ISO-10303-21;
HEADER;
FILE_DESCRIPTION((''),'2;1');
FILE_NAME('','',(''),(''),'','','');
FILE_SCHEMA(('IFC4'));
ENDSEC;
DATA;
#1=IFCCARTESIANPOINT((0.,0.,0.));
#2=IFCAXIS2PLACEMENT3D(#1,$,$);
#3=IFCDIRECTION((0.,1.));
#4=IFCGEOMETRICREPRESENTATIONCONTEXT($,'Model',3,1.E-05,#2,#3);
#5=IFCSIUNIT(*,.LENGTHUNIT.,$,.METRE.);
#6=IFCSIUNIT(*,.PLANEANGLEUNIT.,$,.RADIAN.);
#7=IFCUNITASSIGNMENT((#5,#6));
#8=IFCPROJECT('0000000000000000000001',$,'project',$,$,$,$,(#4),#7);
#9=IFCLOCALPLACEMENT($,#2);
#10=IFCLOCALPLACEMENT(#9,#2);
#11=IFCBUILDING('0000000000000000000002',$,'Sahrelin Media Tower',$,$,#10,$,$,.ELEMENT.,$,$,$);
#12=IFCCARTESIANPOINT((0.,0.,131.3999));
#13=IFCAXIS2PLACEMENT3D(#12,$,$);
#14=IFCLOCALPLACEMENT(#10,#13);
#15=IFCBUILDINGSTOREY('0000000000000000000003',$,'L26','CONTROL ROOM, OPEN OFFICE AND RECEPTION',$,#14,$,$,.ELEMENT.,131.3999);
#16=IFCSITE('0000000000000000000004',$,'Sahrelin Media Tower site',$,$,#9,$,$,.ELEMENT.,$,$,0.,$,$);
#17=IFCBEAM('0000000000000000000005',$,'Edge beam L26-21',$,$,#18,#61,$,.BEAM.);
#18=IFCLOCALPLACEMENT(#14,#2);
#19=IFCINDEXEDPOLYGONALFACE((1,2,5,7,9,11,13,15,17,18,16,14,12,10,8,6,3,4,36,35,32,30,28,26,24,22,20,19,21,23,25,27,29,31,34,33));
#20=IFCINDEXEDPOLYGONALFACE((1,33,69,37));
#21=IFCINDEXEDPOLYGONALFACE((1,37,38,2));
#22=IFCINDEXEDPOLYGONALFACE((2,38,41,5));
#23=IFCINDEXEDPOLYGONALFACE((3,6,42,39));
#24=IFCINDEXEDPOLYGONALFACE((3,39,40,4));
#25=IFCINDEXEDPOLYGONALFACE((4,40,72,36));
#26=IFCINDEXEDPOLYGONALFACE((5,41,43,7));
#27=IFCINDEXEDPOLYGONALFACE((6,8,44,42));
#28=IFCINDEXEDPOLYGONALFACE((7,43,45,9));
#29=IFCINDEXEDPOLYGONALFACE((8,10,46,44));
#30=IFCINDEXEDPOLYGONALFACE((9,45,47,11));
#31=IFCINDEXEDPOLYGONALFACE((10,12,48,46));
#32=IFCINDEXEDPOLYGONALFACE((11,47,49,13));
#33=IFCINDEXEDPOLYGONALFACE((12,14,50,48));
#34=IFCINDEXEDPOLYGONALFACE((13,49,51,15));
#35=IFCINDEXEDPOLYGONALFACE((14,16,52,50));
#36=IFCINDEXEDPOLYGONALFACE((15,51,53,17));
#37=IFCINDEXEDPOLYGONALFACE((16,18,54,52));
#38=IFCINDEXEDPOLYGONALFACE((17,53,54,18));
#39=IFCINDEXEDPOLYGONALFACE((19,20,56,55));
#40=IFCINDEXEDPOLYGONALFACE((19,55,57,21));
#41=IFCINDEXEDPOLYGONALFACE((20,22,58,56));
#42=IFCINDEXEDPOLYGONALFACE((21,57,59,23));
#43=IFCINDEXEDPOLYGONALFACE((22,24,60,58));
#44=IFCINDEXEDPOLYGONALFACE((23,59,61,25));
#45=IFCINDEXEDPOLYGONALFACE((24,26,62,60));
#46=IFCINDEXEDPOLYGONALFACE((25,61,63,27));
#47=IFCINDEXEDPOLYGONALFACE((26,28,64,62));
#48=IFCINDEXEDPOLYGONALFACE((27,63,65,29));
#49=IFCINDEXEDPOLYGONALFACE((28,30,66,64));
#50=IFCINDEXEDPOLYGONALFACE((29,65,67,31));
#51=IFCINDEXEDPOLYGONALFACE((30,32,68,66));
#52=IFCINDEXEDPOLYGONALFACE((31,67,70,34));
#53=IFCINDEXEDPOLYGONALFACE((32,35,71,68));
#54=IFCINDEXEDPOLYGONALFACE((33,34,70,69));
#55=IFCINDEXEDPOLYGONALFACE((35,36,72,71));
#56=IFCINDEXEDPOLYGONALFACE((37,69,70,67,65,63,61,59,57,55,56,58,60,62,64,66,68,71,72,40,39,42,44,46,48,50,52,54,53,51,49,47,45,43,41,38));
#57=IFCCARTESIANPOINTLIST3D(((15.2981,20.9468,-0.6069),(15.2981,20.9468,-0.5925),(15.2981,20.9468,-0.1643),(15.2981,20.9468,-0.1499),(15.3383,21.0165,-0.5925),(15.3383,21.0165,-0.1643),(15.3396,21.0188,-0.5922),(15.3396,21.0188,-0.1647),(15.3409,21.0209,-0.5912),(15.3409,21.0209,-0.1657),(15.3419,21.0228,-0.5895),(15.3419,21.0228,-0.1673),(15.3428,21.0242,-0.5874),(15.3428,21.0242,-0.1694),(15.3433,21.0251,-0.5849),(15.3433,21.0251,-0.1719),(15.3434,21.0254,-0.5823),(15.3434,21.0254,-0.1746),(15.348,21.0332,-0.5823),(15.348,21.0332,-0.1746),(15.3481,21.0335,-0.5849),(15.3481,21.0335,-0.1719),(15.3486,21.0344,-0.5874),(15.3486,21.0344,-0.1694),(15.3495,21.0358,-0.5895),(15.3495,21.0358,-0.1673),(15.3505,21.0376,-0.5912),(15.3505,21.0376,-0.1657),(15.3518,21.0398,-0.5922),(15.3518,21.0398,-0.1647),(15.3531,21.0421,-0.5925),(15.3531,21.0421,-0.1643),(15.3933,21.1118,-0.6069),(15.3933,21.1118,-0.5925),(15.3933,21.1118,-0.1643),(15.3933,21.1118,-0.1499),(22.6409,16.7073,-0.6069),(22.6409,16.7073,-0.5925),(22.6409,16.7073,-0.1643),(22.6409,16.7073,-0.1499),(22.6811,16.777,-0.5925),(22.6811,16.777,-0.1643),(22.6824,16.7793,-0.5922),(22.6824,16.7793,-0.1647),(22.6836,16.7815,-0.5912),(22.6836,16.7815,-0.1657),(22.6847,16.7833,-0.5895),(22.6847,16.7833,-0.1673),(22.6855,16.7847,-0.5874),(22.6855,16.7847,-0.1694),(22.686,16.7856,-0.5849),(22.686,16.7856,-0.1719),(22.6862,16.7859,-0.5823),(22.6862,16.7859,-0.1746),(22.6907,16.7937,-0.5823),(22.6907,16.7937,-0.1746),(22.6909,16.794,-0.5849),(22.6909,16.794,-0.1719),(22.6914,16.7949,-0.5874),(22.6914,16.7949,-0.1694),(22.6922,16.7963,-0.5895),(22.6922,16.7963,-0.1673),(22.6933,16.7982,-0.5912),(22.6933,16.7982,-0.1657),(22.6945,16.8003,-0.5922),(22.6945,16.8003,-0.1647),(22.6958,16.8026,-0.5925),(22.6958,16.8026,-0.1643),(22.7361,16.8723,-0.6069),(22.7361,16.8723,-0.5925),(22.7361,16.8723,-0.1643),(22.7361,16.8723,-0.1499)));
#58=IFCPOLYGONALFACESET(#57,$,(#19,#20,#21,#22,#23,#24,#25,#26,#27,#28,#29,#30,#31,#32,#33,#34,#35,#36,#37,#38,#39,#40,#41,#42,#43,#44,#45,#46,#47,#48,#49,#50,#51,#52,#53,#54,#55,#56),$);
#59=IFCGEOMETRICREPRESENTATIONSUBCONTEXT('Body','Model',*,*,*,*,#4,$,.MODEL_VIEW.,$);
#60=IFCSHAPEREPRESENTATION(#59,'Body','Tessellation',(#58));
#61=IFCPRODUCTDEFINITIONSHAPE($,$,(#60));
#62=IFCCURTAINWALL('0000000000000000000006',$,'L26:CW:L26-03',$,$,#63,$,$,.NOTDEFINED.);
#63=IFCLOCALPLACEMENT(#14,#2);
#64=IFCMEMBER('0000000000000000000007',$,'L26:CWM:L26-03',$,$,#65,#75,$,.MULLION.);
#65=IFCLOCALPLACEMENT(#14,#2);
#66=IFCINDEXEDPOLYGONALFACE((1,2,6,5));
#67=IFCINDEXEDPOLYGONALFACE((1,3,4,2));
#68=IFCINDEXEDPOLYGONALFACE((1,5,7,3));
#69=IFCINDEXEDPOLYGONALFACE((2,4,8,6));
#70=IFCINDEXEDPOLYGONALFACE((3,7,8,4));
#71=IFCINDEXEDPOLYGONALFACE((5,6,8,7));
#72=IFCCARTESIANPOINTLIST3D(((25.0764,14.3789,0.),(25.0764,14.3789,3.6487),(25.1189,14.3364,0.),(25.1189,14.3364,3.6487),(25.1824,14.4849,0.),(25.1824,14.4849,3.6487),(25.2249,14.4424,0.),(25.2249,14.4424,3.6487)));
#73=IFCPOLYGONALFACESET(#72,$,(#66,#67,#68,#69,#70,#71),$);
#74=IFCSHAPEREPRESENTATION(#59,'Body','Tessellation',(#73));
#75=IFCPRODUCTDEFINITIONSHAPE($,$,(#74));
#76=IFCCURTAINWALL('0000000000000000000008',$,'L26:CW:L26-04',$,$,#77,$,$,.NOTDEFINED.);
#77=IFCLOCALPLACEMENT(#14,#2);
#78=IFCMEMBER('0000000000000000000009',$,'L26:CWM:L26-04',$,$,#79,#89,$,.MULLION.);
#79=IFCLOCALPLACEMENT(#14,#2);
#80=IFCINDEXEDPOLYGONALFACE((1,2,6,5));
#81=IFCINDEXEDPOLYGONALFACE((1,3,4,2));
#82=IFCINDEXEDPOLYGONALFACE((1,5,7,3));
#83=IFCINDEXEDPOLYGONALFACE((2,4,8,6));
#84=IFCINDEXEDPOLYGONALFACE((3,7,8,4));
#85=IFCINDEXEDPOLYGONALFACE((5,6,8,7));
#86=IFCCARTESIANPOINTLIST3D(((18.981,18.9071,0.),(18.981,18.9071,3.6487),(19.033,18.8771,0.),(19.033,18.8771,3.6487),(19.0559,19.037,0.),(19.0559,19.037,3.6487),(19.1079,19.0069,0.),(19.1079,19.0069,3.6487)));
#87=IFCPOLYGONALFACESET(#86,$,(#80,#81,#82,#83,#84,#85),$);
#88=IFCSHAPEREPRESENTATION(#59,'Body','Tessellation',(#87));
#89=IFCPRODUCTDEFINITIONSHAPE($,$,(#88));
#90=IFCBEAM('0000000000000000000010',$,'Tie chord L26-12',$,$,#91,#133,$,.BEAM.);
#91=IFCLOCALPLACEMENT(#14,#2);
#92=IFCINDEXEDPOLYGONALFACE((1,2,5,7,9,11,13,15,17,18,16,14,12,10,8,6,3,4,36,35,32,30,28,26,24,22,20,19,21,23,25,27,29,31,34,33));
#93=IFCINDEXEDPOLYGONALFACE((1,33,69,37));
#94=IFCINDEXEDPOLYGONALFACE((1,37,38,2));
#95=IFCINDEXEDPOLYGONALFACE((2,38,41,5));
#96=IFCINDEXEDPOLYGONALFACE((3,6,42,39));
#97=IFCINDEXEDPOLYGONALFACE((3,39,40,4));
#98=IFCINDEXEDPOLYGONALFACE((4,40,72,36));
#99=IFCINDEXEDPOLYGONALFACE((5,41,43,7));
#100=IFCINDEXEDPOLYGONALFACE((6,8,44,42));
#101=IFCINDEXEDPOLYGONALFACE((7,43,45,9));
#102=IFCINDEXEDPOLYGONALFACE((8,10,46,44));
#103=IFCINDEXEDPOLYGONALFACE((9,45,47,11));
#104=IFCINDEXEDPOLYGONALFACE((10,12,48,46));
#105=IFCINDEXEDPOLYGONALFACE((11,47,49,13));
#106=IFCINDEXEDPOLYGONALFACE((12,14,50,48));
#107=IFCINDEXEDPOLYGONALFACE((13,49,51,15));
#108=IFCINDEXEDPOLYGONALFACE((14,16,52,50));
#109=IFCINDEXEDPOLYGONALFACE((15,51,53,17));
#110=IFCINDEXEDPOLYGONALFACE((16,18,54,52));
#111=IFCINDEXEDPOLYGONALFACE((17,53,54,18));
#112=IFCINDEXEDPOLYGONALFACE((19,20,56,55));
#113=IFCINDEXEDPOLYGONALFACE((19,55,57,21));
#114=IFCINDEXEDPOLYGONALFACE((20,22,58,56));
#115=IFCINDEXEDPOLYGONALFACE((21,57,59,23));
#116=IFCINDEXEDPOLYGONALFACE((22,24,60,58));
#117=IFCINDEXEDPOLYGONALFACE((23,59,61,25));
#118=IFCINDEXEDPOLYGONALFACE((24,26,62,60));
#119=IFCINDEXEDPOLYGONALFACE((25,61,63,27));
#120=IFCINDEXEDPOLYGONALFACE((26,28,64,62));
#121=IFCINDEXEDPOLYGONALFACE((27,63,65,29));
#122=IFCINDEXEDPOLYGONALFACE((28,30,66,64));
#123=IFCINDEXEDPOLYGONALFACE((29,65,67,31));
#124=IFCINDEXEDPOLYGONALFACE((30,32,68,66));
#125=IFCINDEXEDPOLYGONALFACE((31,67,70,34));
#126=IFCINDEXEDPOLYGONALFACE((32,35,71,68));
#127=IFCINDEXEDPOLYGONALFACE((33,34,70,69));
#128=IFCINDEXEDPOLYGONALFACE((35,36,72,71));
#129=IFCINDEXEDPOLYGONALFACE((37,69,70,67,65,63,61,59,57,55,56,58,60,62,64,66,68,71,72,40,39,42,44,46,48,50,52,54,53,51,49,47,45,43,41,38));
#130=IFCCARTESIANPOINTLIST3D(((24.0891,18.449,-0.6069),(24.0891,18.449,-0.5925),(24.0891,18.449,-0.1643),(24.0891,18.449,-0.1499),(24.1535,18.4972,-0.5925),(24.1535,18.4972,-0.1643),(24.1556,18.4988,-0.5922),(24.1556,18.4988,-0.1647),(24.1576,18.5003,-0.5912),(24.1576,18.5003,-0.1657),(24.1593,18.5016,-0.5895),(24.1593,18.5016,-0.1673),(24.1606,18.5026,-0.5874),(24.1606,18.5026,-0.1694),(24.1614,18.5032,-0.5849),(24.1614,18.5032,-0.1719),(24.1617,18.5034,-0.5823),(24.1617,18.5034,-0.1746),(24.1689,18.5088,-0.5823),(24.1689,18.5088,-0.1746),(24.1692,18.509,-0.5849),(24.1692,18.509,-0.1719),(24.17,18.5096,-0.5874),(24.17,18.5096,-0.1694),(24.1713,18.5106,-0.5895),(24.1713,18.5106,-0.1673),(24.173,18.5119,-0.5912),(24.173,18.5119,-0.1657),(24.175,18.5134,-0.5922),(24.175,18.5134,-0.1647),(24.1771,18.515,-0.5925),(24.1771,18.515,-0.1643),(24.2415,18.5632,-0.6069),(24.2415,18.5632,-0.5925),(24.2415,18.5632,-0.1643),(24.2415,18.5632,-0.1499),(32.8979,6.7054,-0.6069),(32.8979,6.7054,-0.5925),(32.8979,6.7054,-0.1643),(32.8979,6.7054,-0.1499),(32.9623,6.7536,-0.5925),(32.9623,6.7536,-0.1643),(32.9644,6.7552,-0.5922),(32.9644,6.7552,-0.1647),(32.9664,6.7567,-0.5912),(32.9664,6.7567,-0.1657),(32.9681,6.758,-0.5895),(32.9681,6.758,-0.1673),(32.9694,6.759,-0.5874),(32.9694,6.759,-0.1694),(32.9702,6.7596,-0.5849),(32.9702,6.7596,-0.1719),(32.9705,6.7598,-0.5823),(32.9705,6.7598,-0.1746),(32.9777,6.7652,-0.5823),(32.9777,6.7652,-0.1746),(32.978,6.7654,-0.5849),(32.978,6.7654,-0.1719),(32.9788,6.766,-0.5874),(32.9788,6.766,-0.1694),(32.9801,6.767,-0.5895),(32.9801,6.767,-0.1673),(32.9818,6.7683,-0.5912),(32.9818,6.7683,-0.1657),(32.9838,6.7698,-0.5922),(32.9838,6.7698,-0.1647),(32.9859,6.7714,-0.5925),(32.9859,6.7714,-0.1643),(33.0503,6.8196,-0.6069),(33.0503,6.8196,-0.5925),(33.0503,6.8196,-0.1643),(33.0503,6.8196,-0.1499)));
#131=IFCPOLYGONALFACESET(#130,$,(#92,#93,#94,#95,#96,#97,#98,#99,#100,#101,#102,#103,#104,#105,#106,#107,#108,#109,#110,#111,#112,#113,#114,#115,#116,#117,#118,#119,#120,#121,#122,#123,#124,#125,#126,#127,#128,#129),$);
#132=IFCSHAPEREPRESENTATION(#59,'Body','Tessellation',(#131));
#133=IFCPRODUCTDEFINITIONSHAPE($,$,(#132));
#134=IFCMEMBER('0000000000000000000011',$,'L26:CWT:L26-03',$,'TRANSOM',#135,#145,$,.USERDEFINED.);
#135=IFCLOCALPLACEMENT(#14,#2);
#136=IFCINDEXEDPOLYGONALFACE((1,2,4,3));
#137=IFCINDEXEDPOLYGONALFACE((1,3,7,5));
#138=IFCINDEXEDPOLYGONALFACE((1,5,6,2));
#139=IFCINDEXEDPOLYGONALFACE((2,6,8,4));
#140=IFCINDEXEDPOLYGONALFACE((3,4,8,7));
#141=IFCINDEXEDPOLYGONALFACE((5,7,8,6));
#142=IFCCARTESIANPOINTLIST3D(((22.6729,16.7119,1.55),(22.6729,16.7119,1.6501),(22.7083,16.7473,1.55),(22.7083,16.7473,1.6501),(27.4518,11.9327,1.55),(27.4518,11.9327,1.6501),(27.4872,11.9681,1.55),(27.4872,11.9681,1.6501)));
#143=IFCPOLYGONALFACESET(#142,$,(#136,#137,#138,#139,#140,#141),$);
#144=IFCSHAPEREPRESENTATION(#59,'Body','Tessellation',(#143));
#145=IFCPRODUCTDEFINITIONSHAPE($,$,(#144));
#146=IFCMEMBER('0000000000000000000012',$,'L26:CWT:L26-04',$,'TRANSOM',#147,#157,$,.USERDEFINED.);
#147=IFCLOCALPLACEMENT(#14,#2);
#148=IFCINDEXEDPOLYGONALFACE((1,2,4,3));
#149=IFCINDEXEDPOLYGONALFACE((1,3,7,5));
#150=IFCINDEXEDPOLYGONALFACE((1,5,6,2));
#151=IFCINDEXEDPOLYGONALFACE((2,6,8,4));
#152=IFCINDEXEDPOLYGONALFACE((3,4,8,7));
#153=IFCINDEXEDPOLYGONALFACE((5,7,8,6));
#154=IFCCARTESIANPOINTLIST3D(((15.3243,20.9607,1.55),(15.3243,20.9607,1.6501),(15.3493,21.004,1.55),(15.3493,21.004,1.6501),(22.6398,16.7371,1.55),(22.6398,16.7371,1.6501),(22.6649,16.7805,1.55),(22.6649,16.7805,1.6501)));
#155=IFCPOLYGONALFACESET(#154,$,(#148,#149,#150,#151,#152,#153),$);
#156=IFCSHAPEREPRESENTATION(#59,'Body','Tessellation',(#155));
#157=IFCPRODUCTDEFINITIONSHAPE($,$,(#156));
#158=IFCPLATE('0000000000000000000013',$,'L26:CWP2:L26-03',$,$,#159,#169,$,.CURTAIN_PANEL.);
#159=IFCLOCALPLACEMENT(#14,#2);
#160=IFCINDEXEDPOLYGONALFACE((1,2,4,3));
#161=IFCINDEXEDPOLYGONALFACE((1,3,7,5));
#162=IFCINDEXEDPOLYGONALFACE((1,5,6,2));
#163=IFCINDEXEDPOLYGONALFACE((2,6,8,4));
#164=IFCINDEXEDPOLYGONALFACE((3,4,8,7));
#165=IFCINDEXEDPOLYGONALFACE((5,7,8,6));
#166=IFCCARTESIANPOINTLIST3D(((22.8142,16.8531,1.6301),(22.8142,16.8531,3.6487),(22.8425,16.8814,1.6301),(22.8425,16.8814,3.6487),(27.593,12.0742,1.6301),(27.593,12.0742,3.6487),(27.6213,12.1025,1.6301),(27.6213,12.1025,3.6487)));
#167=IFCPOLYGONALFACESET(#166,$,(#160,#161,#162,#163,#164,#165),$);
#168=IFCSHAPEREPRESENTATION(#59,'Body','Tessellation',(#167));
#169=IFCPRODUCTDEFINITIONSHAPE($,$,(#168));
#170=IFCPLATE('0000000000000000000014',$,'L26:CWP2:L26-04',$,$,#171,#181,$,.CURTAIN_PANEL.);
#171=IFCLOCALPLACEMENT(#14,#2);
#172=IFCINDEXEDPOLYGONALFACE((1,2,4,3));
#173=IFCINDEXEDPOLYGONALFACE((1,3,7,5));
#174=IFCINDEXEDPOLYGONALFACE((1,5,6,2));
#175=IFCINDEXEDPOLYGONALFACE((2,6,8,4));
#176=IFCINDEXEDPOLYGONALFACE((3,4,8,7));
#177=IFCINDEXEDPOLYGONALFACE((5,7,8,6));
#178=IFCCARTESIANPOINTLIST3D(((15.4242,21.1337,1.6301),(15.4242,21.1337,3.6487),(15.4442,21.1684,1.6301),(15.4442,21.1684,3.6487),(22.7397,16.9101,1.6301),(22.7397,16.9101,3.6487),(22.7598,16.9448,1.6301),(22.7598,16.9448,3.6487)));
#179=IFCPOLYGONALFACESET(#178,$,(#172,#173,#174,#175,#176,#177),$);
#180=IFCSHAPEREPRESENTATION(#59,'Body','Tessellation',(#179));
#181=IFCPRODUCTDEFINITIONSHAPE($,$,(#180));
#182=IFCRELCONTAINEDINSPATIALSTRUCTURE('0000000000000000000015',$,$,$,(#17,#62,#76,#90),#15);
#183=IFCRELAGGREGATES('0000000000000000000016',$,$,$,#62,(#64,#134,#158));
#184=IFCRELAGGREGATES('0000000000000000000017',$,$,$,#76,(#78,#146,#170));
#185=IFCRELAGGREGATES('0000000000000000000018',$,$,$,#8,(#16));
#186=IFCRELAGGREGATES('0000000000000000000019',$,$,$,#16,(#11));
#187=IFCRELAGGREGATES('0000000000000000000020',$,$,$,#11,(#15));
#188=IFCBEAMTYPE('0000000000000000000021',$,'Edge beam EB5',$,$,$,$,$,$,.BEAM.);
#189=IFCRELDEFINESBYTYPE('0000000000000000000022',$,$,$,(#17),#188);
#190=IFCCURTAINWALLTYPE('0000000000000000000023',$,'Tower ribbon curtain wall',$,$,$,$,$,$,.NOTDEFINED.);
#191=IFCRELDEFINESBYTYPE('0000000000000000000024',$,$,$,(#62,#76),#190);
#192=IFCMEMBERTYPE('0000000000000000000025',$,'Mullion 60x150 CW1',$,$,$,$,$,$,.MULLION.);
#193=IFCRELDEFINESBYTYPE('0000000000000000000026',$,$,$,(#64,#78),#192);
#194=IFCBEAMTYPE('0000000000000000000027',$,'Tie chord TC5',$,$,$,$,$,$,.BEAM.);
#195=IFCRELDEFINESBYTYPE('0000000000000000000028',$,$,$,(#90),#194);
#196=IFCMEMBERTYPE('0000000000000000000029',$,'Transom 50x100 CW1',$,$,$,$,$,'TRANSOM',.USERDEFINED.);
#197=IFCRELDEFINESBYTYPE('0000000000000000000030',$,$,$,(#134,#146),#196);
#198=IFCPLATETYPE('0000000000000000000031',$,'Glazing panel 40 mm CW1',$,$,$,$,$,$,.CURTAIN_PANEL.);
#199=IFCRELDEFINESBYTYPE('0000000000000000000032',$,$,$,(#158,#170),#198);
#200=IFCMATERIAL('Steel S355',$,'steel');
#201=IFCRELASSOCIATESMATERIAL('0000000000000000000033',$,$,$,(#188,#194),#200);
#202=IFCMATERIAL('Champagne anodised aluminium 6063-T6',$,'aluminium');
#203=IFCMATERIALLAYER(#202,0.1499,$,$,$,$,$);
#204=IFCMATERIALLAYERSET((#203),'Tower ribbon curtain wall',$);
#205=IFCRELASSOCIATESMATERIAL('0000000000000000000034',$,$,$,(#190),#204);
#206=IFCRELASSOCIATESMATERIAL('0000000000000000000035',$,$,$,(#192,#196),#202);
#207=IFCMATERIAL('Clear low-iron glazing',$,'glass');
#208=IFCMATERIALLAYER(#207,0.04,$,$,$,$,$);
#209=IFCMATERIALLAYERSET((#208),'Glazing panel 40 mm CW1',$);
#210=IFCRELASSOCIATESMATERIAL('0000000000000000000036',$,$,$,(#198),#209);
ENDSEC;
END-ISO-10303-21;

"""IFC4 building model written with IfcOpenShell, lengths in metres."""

from ifc_helpers import new_model, si_unit, direction, frame, origin, origin_2d, place, context, subcontext, project, spatial, polyline, rectangle, i_section, outline, extrude, material, layer, layer_set, material_profile, profile_set, type_object, element, aggregate, save


model = new_model("IFC4")

# Units and contexts
model_context = context("Model", 3, precision=1e-05, world=origin(), true_north=direction((0.0, 1.0)))
body_context = subcontext(model_context, "Body", "Model", "MODEL_VIEW")
ifc_project = project(units=[si_unit("LENGTHUNIT", "METRE"), si_unit("PLANEANGLEUNIT", "RADIAN")], contexts=[model_context])

# Site, building, storey
site_placement = place(None, origin())
site = spatial("IfcSite", under=ifc_project, at=site_placement, Name="Sahrelin Media Tower site", CompositionType="ELEMENT", RefElevation=0.0)
building_placement = place(site_placement, origin())
building = spatial("IfcBuilding", under=site, at=building_placement, Name="Sahrelin Media Tower", CompositionType="ELEMENT")
storey_placement = place(building_placement, frame((0.0, 0.0, 131.3999)))
storey = spatial("IfcBuildingStorey", under=building, at=storey_placement, Name="L26", Description="CONTROL ROOM, OPEN OFFICE AND RECEPTION", CompositionType="ELEMENT", Elevation=131.3999)

# Beam
ifc_material_1 = material(Name="Steel S355", Category="steel")
ifc_material_profile_1 = material_profile(ifc_material_1, i_section(OverallWidth=0.1904, OverallDepth=0.457, WebThickness=0.009, FlangeThickness=0.0144, FilletRadius=0.0103, at=origin_2d()), Name="UB 457x191x74")
ifc_profile_set_1 = profile_set([ifc_material_profile_1], Name="Steel S355")
beam_type_1 = type_object("IfcBeamType", Name="Edge beam EB5", PredefinedType="BEAM", material=ifc_profile_set_1)
beam_1_placement = place(storey_placement, frame((15.3457, 21.0293, -0.3784), z_axis=(0.866018, -0.500013, 0.0), x_axis=(0.500013, 0.866018, 0.0)))
element("IfcBeam", 1, at=beam_1_placement, inside=storey, type_object=beam_type_1, Name="Edge beam L26-21", PredefinedType="BEAM", context=body_context, shape_type="SweptSolid", body=[
    extrude(i_section(OverallWidth=0.1904, OverallDepth=0.457, WebThickness=0.009, FlangeThickness=0.0144, FilletRadius=0.0103, at=origin_2d()), origin(), (0.0, 0.0, 1.0), 8.4788),
])

# Curtain walls, members
ifc_material_2 = material(Name="Champagne anodised aluminium 6063-T6", Category="aluminium")
ifc_layer_1 = layer(ifc_material_2, 0.1499)
ifc_layer_set_1 = layer_set([ifc_layer_1], Name="Tower ribbon curtain wall")
curtain_wall_type = type_object("IfcCurtainWallType", Name="Tower ribbon curtain wall", PredefinedType="NOTDEFINED", material=ifc_layer_set_1)
curtain_wall_1_placement = place(storey_placement, frame((25.2178, 14.4778, 0.0), z_axis=(0.0, 0.0, 1.0), x_axis=(1.0, 0.0, 0.0)))
curtain_wall_1 = element("IfcCurtainWall", 2, at=curtain_wall_1_placement, inside=storey, type_object=curtain_wall_type, Name="L26:CW:L26-03", PredefinedType="NOTDEFINED")
ifc_material_profile_2 = material_profile(ifc_material_2, rectangle(XDim=0.0601, YDim=0.1499, at=origin_2d()), Name="Mullion 60x150")
ifc_profile_set_2 = profile_set([ifc_material_profile_2], Name="Champagne anodised aluminium 6063-T6")
member_type_1 = type_object("IfcMemberType", Name="Mullion 60x150 CW1", PredefinedType="MULLION", material=ifc_profile_set_2)
member_1_placement = place(storey_placement, frame((25.1506, 14.4106, 0.0), z_axis=(0.0, 0.0, 1.0), x_axis=(-0.707099, 0.707114, 0.0)))
member_1 = element("IfcMember", 3, at=member_1_placement, type_object=member_type_1, Name="L26:CWM:L26-03", PredefinedType="MULLION", context=body_context, shape_type="SweptSolid", body=[
    extrude(rectangle(XDim=0.0601, YDim=0.1499, at=origin_2d()), origin(), (0.0, 0.0, 1.0), 3.6487),
])
curtain_wall_2_placement = place(storey_placement, frame((19.092, 19.0393, 0.0), z_axis=(0.0, 0.0, 1.0), x_axis=(1.0, 0.0, 0.0)))
curtain_wall_2 = element("IfcCurtainWall", 4, at=curtain_wall_2_placement, inside=storey, type_object=curtain_wall_type, Name="L26:CW:L26-04", PredefinedType="NOTDEFINED")
member_2_placement = place(storey_placement, frame((19.0444, 18.957, 0.0), z_axis=(0.0, 0.0, 1.0), x_axis=(-0.866029, 0.499994, 0.0)))
member_2 = element("IfcMember", 5, at=member_2_placement, type_object=member_type_1, Name="L26:CWM:L26-04", PredefinedType="MULLION", context=body_context, shape_type="SweptSolid", body=[
    extrude(rectangle(XDim=0.0601, YDim=0.1499, at=origin_2d()), origin(), (0.0, 0.0, 1.0), 3.6487),
])

# Beam
ifc_material_profile_3 = material_profile(ifc_material_1, i_section(OverallWidth=0.1904, OverallDepth=0.457, WebThickness=0.009, FlangeThickness=0.0144, FilletRadius=0.0103, at=origin_2d()), Name="UB 457x191x74")
ifc_profile_set_3 = profile_set([ifc_material_profile_3], Name="Steel S355")
beam_type_2 = type_object("IfcBeamType", Name="Tie chord TC5", PredefinedType="BEAM", material=ifc_profile_set_3)
beam_2_placement = place(storey_placement, frame((24.1653, 18.5061, -0.3784), z_axis=(0.600048, -0.799964, 0.0), x_axis=(0.799964, 0.600048, 0.0)))
element("IfcBeam", 6, at=beam_2_placement, inside=storey, type_object=beam_type_2, Name="Tie chord L26-12", PredefinedType="BEAM", context=body_context, shape_type="SweptSolid", body=[
    extrude(i_section(OverallWidth=0.1904, OverallDepth=0.457, WebThickness=0.009, FlangeThickness=0.0144, FilletRadius=0.0103, at=origin_2d()), origin(), (0.0, 0.0, 1.0), 14.6802),
])

# Members
ifc_material_profile_4 = material_profile(ifc_material_2, rectangle(XDim=0.05, YDim=0.1001, at=origin_2d()), Name="Transom 50x100")
ifc_profile_set_4 = profile_set([ifc_material_profile_4], Name="Champagne anodised aluminium 6063-T6")
member_type_2 = type_object("IfcMemberType", Name="Transom 50x100 CW1", ElementType="TRANSOM", PredefinedType="USERDEFINED", material=ifc_profile_set_4)
member_3_placement = place(storey_placement, frame((27.4695, 11.9504, 1.6001), z_axis=(-0.707089, 0.707125, 0.0), x_axis=(-0.707125, -0.707089, 0.0)))
member_3 = element("IfcMember", 7, at=member_3_placement, type_object=member_type_2, Name="L26:CWT:L26-03", ObjectType="TRANSOM", PredefinedType="USERDEFINED", context=body_context, shape_type="SweptSolid", body=[
    extrude(rectangle(XDim=0.05, YDim=0.1001, at=origin_2d()), origin(), (0.0, 0.0, 1.0), 6.7585),
])
member_4_placement = place(storey_placement, frame((22.6523, 16.7588, 1.6001), z_axis=(-0.866029, 0.499993, 0.0), x_axis=(-0.499993, -0.866029, 0.0)))
member_4 = element("IfcMember", 8, at=member_4_placement, type_object=member_type_2, Name="L26:CWT:L26-04", ObjectType="TRANSOM", PredefinedType="USERDEFINED", context=body_context, shape_type="SweptSolid", body=[
    extrude(rectangle(XDim=0.05, YDim=0.1001, at=origin_2d()), origin(), (0.0, 0.0, 1.0), 8.4473),
])

# Plates
ifc_material_3 = material(Name="Clear low-iron glazing", Category="glass")
ifc_layer_2 = layer(ifc_material_3, 0.04)
ifc_layer_set_2 = layer_set([ifc_layer_2], Name="Glazing panel 40 mm CW1")
plate_type_1 = type_object("IfcPlateType", Name="Glazing panel 40 mm CW1", PredefinedType="CURTAIN_PANEL", material=ifc_layer_set_2)
plate_1_placement = place(storey_placement, frame((27.6213, 12.1025, 1.6301), z_axis=(0.707107, 0.707107, 0.0), x_axis=(-0.707107, 0.707107, 0.0)))
plate_1 = element("IfcPlate", 9, at=plate_1_placement, type_object=plate_type_1, Name="L26:CWP2:L26-03", PredefinedType="CURTAIN_PANEL", context=body_context, shape_type="SweptSolid", body=[
    extrude(outline(polyline([(0.0, 0.0), (6.7583, 0.0), (6.7583, 2.0186), (0.0, 2.0186), (0.0, 0.0)])), origin(), (0.0, 0.0, -1.0), 0.04),
])
plate_2_placement = place(storey_placement, frame((22.7598, 16.9448, 1.6301), z_axis=(0.499993, 0.866029, 0.0), x_axis=(-0.866029, 0.499993, 0.0)))
plate_2 = element("IfcPlate", 10, at=plate_2_placement, type_object=plate_type_1, Name="L26:CWP2:L26-04", PredefinedType="CURTAIN_PANEL", context=body_context, shape_type="SweptSolid", body=[
    extrude(outline(polyline([(0.0, 0.0), (8.4473, 0.0), (8.4473, 2.0186), (0.0, 2.0186), (0.0, 0.0)])), origin(), (0.0, 0.0, -1.0), 0.04),
])

aggregate(curtain_wall_1, [member_1, member_3, plate_1])
aggregate(curtain_wall_2, [member_2, member_4, plate_2])

save(model, "model.ifc")
